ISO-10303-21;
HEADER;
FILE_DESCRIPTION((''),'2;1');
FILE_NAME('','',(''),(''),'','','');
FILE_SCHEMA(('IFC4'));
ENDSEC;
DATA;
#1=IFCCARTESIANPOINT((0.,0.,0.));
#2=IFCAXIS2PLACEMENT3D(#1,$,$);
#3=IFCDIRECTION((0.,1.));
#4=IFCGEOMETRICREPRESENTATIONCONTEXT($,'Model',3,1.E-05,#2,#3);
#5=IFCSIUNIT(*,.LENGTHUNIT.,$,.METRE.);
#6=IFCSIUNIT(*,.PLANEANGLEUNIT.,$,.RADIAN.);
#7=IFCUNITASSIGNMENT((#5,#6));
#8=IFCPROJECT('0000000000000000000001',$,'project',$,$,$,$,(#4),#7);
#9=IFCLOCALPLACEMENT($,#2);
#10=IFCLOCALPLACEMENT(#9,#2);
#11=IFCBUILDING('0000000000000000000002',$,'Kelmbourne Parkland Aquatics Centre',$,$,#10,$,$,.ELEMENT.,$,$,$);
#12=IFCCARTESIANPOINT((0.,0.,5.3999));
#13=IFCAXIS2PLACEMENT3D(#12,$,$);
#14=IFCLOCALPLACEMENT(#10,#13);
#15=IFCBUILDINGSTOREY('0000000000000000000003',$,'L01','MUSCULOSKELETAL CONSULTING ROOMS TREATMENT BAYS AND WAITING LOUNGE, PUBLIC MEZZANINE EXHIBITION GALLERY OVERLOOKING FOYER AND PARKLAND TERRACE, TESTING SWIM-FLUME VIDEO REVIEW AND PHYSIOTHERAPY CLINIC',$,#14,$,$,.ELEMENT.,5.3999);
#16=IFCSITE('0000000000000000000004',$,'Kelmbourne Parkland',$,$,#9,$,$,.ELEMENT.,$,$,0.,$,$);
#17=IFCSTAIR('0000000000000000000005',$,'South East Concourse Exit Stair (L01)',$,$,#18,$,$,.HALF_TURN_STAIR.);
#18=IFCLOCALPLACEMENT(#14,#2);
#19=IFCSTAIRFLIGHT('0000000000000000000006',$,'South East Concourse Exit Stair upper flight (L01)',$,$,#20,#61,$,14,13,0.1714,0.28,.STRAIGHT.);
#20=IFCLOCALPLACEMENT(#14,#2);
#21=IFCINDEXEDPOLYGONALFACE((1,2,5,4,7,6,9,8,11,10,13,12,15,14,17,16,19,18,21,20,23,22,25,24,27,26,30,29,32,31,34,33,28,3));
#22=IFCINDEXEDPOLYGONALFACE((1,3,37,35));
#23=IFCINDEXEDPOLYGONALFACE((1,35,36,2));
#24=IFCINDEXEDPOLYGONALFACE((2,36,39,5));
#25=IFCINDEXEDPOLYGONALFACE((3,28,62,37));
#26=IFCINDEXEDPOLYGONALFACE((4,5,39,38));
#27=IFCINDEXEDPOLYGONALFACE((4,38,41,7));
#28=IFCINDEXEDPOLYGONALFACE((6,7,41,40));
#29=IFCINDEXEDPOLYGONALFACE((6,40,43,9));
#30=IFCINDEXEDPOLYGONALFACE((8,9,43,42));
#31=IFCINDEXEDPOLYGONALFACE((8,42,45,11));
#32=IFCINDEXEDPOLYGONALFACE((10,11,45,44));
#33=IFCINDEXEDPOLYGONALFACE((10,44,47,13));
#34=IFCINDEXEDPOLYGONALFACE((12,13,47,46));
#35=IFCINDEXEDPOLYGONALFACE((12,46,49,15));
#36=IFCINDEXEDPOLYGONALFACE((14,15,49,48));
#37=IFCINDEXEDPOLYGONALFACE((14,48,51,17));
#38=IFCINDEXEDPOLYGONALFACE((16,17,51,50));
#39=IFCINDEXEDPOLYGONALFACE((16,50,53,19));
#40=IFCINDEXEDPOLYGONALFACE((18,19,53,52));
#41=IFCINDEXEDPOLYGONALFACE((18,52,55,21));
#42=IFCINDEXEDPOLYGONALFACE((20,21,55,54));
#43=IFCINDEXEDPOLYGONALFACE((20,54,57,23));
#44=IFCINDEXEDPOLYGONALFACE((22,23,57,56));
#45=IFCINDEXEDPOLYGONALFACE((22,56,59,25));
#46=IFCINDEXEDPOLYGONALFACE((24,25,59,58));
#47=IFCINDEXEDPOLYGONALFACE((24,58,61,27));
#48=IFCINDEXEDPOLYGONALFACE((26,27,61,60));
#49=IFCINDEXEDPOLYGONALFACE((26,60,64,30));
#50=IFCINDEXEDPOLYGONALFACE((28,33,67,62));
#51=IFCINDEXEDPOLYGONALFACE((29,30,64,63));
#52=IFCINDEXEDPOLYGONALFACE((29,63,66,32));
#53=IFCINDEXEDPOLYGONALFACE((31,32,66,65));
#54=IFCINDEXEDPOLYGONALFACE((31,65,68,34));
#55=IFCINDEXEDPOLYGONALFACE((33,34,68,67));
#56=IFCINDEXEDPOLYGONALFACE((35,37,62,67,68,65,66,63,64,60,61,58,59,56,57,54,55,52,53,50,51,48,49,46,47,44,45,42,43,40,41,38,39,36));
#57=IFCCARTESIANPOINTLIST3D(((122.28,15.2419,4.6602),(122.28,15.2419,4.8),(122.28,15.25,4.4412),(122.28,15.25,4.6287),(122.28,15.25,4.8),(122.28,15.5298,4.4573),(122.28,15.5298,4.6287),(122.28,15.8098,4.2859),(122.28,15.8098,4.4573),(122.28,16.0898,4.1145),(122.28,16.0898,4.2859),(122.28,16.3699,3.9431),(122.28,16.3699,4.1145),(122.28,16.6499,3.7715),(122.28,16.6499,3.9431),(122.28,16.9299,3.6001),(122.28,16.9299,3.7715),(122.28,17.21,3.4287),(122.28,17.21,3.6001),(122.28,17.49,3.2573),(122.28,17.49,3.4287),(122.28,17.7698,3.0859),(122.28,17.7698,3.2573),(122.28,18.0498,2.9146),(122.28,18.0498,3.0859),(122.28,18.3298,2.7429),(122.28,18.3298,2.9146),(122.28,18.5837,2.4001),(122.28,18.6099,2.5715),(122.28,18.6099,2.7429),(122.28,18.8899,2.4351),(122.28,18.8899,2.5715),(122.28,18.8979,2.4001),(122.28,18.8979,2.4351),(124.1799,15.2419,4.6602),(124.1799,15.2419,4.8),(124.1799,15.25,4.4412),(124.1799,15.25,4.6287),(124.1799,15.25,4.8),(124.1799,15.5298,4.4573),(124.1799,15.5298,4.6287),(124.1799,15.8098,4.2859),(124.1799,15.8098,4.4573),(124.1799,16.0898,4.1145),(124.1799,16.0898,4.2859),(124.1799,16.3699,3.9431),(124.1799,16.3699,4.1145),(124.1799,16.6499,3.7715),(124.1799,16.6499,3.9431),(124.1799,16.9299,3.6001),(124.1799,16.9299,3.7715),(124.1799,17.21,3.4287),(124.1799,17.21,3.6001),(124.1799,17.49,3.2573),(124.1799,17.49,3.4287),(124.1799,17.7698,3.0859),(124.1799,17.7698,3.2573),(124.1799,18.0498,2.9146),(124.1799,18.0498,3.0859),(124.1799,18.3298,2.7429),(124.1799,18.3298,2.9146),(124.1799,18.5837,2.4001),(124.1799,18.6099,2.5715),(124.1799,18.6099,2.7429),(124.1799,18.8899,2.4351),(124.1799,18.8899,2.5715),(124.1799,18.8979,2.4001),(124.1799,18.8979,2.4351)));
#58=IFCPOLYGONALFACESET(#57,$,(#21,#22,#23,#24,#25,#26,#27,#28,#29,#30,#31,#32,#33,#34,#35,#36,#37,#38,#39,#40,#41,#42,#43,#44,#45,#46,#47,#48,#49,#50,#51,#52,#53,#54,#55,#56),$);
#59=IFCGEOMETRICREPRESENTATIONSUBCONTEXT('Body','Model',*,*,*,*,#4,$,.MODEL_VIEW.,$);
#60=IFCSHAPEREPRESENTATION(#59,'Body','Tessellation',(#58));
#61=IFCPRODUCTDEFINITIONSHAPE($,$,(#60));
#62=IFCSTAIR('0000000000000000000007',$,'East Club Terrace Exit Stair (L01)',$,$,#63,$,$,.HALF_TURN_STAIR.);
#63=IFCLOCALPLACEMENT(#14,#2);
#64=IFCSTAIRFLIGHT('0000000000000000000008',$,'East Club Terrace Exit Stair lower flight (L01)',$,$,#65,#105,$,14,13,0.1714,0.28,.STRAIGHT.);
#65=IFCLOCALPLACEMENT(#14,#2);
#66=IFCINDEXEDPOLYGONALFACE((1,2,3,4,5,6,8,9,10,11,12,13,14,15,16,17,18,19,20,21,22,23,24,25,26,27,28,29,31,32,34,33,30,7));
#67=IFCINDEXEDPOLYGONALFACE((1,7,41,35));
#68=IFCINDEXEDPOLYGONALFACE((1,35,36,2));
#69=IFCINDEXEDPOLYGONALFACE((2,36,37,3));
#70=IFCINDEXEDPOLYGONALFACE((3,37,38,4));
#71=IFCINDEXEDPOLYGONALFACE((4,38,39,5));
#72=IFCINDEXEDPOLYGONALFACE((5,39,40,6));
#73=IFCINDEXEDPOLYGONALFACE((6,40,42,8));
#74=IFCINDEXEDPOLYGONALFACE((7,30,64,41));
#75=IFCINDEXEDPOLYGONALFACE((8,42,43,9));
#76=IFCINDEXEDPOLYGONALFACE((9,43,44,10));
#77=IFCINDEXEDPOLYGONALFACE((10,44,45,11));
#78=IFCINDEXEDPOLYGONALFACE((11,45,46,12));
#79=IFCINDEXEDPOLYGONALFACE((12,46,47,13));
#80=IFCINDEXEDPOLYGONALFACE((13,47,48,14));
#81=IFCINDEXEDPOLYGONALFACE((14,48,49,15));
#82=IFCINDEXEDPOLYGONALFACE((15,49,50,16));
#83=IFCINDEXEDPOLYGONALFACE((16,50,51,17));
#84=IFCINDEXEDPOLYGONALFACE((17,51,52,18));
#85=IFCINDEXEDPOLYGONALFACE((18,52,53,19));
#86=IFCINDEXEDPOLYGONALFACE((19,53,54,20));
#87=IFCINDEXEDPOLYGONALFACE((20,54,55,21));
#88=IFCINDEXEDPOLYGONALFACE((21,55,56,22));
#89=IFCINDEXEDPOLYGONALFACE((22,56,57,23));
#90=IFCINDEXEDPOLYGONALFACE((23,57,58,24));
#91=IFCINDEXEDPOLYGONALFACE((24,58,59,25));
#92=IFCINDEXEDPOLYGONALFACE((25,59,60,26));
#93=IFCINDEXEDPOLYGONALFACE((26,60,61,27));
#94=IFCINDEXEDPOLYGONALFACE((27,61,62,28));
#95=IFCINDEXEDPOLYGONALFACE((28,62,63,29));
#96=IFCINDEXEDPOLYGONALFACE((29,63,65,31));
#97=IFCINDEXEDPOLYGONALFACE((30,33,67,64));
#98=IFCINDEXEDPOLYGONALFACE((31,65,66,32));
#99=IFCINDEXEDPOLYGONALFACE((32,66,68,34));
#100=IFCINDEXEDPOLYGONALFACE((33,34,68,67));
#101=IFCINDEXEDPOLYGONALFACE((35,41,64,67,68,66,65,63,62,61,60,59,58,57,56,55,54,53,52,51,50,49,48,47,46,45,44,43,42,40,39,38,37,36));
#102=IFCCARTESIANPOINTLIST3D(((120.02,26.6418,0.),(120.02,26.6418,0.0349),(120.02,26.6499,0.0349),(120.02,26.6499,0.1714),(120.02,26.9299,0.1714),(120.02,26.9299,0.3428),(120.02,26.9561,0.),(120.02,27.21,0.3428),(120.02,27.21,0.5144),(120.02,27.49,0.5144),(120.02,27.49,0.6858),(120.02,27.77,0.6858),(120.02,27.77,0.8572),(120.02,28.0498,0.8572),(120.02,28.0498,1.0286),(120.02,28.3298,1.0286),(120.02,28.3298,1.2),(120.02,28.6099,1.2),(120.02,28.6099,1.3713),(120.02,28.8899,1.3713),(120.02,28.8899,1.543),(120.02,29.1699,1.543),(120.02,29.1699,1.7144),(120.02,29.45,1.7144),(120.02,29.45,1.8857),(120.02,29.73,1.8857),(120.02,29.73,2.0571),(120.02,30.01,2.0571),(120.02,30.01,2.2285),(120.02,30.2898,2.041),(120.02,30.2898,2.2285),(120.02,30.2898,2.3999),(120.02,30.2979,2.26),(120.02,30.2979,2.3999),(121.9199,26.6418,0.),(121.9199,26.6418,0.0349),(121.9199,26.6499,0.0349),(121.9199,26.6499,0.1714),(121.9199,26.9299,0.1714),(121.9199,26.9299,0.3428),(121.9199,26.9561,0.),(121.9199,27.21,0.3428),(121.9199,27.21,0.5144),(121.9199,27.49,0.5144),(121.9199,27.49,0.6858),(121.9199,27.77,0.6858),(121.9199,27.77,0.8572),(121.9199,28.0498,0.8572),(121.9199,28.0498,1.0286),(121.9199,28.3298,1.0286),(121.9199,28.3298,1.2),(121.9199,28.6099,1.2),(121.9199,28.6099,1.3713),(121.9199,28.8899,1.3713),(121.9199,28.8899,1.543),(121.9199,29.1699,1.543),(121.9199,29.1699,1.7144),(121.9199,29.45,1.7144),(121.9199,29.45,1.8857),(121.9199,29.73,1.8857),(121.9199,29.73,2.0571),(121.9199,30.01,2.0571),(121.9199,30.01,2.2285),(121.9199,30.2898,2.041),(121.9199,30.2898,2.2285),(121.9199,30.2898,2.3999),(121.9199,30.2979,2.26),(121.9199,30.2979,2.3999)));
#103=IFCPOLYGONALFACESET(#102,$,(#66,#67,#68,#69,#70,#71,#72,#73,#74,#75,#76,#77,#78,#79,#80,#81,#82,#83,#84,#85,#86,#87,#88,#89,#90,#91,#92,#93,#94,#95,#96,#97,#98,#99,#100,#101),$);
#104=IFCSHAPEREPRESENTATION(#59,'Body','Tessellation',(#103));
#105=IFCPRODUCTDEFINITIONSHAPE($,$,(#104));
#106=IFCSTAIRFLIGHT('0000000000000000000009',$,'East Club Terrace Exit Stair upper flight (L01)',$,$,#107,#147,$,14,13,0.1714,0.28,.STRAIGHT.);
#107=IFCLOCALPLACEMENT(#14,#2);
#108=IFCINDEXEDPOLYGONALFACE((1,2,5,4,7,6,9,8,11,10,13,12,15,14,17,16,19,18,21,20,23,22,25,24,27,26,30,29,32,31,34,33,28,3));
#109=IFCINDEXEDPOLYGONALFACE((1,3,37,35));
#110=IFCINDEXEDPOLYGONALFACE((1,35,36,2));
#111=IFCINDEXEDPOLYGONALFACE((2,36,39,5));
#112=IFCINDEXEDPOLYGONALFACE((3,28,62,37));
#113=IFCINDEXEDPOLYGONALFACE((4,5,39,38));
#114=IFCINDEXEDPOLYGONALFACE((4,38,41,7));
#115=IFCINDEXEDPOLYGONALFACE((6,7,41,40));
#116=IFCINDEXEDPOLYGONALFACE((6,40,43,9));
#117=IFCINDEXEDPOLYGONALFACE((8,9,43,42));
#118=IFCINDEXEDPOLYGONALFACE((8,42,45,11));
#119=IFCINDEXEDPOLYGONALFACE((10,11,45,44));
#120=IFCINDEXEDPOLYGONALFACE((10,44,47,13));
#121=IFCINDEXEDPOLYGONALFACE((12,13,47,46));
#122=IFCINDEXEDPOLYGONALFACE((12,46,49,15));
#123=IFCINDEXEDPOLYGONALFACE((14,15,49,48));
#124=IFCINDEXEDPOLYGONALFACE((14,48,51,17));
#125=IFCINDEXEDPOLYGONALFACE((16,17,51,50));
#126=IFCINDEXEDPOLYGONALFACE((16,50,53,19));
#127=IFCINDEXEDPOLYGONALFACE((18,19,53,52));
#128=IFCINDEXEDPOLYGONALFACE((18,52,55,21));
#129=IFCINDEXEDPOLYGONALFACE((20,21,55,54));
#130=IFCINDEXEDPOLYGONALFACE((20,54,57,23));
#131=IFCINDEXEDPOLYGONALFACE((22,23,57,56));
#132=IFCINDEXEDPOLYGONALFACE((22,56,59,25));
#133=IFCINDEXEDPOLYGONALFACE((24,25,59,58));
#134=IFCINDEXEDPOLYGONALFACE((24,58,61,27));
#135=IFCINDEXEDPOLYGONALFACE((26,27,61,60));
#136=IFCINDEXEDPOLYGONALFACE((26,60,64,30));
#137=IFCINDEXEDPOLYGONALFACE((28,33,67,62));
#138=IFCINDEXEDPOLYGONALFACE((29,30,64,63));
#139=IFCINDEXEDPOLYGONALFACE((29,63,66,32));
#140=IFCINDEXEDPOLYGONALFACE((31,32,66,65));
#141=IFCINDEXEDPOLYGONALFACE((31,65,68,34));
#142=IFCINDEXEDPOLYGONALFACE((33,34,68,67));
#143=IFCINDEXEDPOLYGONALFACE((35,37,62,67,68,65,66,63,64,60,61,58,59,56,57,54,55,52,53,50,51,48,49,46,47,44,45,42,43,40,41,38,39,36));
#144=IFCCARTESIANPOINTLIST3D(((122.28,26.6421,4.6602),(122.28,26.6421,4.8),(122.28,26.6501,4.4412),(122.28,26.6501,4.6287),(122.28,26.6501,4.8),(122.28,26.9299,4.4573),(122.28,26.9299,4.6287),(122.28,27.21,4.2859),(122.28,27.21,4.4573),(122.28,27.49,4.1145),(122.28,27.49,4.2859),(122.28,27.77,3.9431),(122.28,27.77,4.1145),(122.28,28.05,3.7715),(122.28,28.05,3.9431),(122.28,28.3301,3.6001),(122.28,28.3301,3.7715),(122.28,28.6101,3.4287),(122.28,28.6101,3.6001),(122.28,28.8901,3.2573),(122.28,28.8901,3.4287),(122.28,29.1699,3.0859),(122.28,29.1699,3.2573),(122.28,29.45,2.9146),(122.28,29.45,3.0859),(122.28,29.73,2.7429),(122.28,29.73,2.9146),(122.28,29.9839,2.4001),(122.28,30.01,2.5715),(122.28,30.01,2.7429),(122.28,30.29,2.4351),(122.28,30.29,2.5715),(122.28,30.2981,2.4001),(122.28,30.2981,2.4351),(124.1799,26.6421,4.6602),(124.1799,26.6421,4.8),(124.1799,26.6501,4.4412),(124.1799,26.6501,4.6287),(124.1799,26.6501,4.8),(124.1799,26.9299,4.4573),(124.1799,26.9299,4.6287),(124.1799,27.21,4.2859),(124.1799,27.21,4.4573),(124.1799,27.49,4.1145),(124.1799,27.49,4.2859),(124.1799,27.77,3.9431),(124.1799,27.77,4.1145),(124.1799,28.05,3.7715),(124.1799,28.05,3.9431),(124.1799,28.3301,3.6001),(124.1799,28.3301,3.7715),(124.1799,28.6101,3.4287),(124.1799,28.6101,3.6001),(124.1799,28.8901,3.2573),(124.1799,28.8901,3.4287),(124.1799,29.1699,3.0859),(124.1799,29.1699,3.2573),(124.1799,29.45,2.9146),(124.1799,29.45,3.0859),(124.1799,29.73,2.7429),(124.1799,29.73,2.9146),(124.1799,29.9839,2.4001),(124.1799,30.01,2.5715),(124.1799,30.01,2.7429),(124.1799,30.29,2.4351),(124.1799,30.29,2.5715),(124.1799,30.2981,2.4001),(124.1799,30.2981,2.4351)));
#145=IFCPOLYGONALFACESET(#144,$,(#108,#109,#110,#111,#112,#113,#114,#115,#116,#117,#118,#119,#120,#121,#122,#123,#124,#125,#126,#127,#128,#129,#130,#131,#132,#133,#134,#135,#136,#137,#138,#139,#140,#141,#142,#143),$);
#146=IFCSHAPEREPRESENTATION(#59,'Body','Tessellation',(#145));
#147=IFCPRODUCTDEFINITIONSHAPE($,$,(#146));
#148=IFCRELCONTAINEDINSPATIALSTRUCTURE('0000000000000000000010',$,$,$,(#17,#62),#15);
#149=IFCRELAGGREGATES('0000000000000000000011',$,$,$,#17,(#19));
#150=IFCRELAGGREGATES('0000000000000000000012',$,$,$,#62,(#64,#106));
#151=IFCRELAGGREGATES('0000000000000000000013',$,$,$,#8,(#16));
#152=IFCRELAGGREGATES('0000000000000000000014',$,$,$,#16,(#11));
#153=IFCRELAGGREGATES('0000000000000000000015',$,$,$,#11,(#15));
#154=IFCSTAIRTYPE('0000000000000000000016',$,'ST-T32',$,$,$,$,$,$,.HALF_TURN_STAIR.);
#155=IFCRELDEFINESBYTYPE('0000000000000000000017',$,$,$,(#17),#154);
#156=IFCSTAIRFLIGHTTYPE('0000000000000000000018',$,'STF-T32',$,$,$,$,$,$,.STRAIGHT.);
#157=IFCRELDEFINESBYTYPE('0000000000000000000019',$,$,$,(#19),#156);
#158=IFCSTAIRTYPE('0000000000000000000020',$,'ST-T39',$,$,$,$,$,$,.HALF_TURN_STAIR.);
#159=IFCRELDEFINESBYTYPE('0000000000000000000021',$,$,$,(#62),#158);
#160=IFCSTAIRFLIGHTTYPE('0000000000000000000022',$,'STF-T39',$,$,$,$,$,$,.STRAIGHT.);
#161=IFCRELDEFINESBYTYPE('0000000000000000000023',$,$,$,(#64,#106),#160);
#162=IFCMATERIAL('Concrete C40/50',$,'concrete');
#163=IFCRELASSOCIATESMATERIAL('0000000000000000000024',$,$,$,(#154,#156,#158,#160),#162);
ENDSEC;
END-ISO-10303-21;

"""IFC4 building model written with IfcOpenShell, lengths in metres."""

from ifc_helpers import new_model, si_unit, direction, frame, origin, place, context, subcontext, project, spatial, polyline, outline, extrude, material, type_object, element, aggregate, save


model = new_model("IFC4")

# Units and contexts
model_context = context("Model", 3, precision=1e-05, world=origin(), true_north=direction((0.0, 1.0)))
body_context = subcontext(model_context, "Body", "Model", "MODEL_VIEW")
ifc_project = project(units=[si_unit("LENGTHUNIT", "METRE"), si_unit("PLANEANGLEUNIT", "RADIAN")], contexts=[model_context])

# Site, building, storey
site_placement = place(None, origin())
site = spatial("IfcSite", under=ifc_project, at=site_placement, Name="Kelmbourne Parkland", CompositionType="ELEMENT", RefElevation=0.0)
building_placement = place(site_placement, origin())
building = spatial("IfcBuilding", under=site, at=building_placement, Name="Kelmbourne Parkland Aquatics Centre", CompositionType="ELEMENT")
storey_placement = place(building_placement, frame((0.0, 0.0, 5.3999)))
storey = spatial("IfcBuildingStorey", under=building, at=storey_placement, Name="L01", Description="MUSCULOSKELETAL CONSULTING ROOMS TREATMENT BAYS AND WAITING LOUNGE, PUBLIC MEZZANINE EXHIBITION GALLERY OVERLOOKING FOYER AND PARKLAND TERRACE, TESTING SWIM-FLUME VIDEO REVIEW AND PHYSIOTHERAPY CLINIC", CompositionType="ELEMENT", Elevation=5.3999)

# Shared definitions
ifc_material_1 = material(Name="Concrete C40/50", Category="concrete")

# Stairs, stair flights
stair_type_1 = type_object("IfcStairType", Name="ST-T32", PredefinedType="HALF_TURN_STAIR", material=ifc_material_1)
stair_1_placement = place(storey_placement, origin())
stair_1 = element("IfcStair", 1, at=stair_1_placement, inside=storey, type_object=stair_type_1, Name="South East Concourse Exit Stair (L01)", PredefinedType="HALF_TURN_STAIR")
stair_flight_type_1 = type_object("IfcStairFlightType", Name="STF-T32", PredefinedType="STRAIGHT", material=ifc_material_1)
stair_flight_1_placement = place(storey_placement, frame((123.23, 18.8899, 2.4001), z_axis=(0.0, 0.0, 1.0), x_axis=(0.0, -1.0, 0.0)))
stair_flight_1 = element("IfcStairFlight", 2, at=stair_flight_1_placement, type_object=stair_flight_type_1, Name="South East Concourse Exit Stair upper flight (L01)", NumberOfRisers=14, NumberOfTreads=13, PredefinedType="STRAIGHT", RiserHeight=0.1714, TreadLength=0.28, context=body_context, shape_type="SweptSolid", body=[
    extrude(outline(polyline([(-0.0081, 0.0), (-0.0081, 0.0349), (0.0, 0.0349), (0.0, 0.1714), (0.28, 0.1714), (0.28, 0.3428), (0.5601, 0.3428), (0.5601, 0.5144), (0.8401, 0.5144), (0.8401, 0.6858), (1.1201, 0.6858), (1.1201, 0.8572), (1.3999, 0.8572), (1.3999, 1.0286), (1.6799, 1.0286), (1.6799, 1.2), (1.96, 1.2), (1.96, 1.3713), (2.24, 1.3713), (2.24, 1.543), (2.52, 1.543), (2.52, 1.7144), (2.8, 1.7144), (2.8, 1.8857), (3.0801, 1.8857), (3.0801, 2.0571), (3.3601, 2.0571), (3.3601, 2.2285), (3.6399, 2.2285), (3.6399, 2.3999), (3.6479, 2.3999), (3.6479, 2.26), (3.6399, 2.041), (0.3062, 0.0), (-0.0081, 0.0)])), frame((0.0, 0.95, 0.0), z_axis=(0.0, -1.0, 0.0), x_axis=(1.0, 0.0, 0.0)), (0.0, 0.0, 1.0), 1.8999),
])
aggregate(stair_1, [stair_flight_1])
stair_type_2 = type_object("IfcStairType", Name="ST-T39", PredefinedType="HALF_TURN_STAIR", material=ifc_material_1)
stair_2_placement = place(storey_placement, origin())
stair_2 = element("IfcStair", 3, at=stair_2_placement, inside=storey, type_object=stair_type_2, Name="East Club Terrace Exit Stair (L01)", PredefinedType="HALF_TURN_STAIR")
stair_flight_type_2 = type_object("IfcStairFlightType", Name="STF-T39", PredefinedType="STRAIGHT", material=ifc_material_1)
stair_flight_2_placement = place(storey_placement, frame((120.97, 26.6499, 0.0), z_axis=(0.0, 0.0, 1.0), x_axis=(0.0, 1.0, 0.0)))
stair_flight_2 = element("IfcStairFlight", 4, at=stair_flight_2_placement, type_object=stair_flight_type_2, Name="East Club Terrace Exit Stair lower flight (L01)", NumberOfRisers=14, NumberOfTreads=13, PredefinedType="STRAIGHT", RiserHeight=0.1714, TreadLength=0.28, context=body_context, shape_type="SweptSolid", body=[
    extrude(outline(polyline([(-0.0081, 0.0), (-0.0081, 0.0349), (0.0, 0.0349), (0.0, 0.1714), (0.28, 0.1714), (0.28, 0.3428), (0.5601, 0.3428), (0.5601, 0.5144), (0.8401, 0.5144), (0.8401, 0.6858), (1.1201, 0.6858), (1.1201, 0.8572), (1.3999, 0.8572), (1.3999, 1.0286), (1.6799, 1.0286), (1.6799, 1.2), (1.96, 1.2), (1.96, 1.3713), (2.24, 1.3713), (2.24, 1.543), (2.52, 1.543), (2.52, 1.7144), (2.8, 1.7144), (2.8, 1.8857), (3.0801, 1.8857), (3.0801, 2.0571), (3.3601, 2.0571), (3.3601, 2.2285), (3.6399, 2.2285), (3.6399, 2.3999), (3.6479, 2.3999), (3.6479, 2.26), (3.6399, 2.041), (0.3062, 0.0), (-0.0081, 0.0)])), frame((0.0, 0.95, 0.0), z_axis=(0.0, -1.0, 0.0), x_axis=(1.0, 0.0, 0.0)), (0.0, 0.0, 1.0), 1.8999),
])
stair_flight_3_placement = place(storey_placement, frame((123.23, 30.29, 2.4001), z_axis=(0.0, 0.0, 1.0), x_axis=(0.0, -1.0, 0.0)))
stair_flight_3 = element("IfcStairFlight", 5, at=stair_flight_3_placement, type_object=stair_flight_type_2, Name="East Club Terrace Exit Stair upper flight (L01)", NumberOfRisers=14, NumberOfTreads=13, PredefinedType="STRAIGHT", RiserHeight=0.1714, TreadLength=0.28, context=body_context, shape_type="SweptSolid", body=[
    extrude(outline(polyline([(-0.0081, 0.0), (-0.0081, 0.0349), (0.0, 0.0349), (0.0, 0.1714), (0.28, 0.1714), (0.28, 0.3428), (0.5601, 0.3428), (0.5601, 0.5144), (0.8401, 0.5144), (0.8401, 0.6858), (1.1201, 0.6858), (1.1201, 0.8572), (1.3999, 0.8572), (1.3999, 1.0286), (1.6799, 1.0286), (1.6799, 1.2), (1.96, 1.2), (1.96, 1.3713), (2.24, 1.3713), (2.24, 1.543), (2.52, 1.543), (2.52, 1.7144), (2.8, 1.7144), (2.8, 1.8857), (3.0801, 1.8857), (3.0801, 2.0571), (3.3601, 2.0571), (3.3601, 2.2285), (3.6399, 2.2285), (3.6399, 2.3999), (3.6479, 2.3999), (3.6479, 2.26), (3.6399, 2.041), (0.3062, 0.0), (-0.0081, 0.0)])), frame((0.0, 0.95, 0.0), z_axis=(0.0, -1.0, 0.0), x_axis=(1.0, 0.0, 0.0)), (0.0, 0.0, 1.0), 1.8999),
])
aggregate(stair_2, [stair_flight_2, stair_flight_3])

save(model, "model.ifc")
